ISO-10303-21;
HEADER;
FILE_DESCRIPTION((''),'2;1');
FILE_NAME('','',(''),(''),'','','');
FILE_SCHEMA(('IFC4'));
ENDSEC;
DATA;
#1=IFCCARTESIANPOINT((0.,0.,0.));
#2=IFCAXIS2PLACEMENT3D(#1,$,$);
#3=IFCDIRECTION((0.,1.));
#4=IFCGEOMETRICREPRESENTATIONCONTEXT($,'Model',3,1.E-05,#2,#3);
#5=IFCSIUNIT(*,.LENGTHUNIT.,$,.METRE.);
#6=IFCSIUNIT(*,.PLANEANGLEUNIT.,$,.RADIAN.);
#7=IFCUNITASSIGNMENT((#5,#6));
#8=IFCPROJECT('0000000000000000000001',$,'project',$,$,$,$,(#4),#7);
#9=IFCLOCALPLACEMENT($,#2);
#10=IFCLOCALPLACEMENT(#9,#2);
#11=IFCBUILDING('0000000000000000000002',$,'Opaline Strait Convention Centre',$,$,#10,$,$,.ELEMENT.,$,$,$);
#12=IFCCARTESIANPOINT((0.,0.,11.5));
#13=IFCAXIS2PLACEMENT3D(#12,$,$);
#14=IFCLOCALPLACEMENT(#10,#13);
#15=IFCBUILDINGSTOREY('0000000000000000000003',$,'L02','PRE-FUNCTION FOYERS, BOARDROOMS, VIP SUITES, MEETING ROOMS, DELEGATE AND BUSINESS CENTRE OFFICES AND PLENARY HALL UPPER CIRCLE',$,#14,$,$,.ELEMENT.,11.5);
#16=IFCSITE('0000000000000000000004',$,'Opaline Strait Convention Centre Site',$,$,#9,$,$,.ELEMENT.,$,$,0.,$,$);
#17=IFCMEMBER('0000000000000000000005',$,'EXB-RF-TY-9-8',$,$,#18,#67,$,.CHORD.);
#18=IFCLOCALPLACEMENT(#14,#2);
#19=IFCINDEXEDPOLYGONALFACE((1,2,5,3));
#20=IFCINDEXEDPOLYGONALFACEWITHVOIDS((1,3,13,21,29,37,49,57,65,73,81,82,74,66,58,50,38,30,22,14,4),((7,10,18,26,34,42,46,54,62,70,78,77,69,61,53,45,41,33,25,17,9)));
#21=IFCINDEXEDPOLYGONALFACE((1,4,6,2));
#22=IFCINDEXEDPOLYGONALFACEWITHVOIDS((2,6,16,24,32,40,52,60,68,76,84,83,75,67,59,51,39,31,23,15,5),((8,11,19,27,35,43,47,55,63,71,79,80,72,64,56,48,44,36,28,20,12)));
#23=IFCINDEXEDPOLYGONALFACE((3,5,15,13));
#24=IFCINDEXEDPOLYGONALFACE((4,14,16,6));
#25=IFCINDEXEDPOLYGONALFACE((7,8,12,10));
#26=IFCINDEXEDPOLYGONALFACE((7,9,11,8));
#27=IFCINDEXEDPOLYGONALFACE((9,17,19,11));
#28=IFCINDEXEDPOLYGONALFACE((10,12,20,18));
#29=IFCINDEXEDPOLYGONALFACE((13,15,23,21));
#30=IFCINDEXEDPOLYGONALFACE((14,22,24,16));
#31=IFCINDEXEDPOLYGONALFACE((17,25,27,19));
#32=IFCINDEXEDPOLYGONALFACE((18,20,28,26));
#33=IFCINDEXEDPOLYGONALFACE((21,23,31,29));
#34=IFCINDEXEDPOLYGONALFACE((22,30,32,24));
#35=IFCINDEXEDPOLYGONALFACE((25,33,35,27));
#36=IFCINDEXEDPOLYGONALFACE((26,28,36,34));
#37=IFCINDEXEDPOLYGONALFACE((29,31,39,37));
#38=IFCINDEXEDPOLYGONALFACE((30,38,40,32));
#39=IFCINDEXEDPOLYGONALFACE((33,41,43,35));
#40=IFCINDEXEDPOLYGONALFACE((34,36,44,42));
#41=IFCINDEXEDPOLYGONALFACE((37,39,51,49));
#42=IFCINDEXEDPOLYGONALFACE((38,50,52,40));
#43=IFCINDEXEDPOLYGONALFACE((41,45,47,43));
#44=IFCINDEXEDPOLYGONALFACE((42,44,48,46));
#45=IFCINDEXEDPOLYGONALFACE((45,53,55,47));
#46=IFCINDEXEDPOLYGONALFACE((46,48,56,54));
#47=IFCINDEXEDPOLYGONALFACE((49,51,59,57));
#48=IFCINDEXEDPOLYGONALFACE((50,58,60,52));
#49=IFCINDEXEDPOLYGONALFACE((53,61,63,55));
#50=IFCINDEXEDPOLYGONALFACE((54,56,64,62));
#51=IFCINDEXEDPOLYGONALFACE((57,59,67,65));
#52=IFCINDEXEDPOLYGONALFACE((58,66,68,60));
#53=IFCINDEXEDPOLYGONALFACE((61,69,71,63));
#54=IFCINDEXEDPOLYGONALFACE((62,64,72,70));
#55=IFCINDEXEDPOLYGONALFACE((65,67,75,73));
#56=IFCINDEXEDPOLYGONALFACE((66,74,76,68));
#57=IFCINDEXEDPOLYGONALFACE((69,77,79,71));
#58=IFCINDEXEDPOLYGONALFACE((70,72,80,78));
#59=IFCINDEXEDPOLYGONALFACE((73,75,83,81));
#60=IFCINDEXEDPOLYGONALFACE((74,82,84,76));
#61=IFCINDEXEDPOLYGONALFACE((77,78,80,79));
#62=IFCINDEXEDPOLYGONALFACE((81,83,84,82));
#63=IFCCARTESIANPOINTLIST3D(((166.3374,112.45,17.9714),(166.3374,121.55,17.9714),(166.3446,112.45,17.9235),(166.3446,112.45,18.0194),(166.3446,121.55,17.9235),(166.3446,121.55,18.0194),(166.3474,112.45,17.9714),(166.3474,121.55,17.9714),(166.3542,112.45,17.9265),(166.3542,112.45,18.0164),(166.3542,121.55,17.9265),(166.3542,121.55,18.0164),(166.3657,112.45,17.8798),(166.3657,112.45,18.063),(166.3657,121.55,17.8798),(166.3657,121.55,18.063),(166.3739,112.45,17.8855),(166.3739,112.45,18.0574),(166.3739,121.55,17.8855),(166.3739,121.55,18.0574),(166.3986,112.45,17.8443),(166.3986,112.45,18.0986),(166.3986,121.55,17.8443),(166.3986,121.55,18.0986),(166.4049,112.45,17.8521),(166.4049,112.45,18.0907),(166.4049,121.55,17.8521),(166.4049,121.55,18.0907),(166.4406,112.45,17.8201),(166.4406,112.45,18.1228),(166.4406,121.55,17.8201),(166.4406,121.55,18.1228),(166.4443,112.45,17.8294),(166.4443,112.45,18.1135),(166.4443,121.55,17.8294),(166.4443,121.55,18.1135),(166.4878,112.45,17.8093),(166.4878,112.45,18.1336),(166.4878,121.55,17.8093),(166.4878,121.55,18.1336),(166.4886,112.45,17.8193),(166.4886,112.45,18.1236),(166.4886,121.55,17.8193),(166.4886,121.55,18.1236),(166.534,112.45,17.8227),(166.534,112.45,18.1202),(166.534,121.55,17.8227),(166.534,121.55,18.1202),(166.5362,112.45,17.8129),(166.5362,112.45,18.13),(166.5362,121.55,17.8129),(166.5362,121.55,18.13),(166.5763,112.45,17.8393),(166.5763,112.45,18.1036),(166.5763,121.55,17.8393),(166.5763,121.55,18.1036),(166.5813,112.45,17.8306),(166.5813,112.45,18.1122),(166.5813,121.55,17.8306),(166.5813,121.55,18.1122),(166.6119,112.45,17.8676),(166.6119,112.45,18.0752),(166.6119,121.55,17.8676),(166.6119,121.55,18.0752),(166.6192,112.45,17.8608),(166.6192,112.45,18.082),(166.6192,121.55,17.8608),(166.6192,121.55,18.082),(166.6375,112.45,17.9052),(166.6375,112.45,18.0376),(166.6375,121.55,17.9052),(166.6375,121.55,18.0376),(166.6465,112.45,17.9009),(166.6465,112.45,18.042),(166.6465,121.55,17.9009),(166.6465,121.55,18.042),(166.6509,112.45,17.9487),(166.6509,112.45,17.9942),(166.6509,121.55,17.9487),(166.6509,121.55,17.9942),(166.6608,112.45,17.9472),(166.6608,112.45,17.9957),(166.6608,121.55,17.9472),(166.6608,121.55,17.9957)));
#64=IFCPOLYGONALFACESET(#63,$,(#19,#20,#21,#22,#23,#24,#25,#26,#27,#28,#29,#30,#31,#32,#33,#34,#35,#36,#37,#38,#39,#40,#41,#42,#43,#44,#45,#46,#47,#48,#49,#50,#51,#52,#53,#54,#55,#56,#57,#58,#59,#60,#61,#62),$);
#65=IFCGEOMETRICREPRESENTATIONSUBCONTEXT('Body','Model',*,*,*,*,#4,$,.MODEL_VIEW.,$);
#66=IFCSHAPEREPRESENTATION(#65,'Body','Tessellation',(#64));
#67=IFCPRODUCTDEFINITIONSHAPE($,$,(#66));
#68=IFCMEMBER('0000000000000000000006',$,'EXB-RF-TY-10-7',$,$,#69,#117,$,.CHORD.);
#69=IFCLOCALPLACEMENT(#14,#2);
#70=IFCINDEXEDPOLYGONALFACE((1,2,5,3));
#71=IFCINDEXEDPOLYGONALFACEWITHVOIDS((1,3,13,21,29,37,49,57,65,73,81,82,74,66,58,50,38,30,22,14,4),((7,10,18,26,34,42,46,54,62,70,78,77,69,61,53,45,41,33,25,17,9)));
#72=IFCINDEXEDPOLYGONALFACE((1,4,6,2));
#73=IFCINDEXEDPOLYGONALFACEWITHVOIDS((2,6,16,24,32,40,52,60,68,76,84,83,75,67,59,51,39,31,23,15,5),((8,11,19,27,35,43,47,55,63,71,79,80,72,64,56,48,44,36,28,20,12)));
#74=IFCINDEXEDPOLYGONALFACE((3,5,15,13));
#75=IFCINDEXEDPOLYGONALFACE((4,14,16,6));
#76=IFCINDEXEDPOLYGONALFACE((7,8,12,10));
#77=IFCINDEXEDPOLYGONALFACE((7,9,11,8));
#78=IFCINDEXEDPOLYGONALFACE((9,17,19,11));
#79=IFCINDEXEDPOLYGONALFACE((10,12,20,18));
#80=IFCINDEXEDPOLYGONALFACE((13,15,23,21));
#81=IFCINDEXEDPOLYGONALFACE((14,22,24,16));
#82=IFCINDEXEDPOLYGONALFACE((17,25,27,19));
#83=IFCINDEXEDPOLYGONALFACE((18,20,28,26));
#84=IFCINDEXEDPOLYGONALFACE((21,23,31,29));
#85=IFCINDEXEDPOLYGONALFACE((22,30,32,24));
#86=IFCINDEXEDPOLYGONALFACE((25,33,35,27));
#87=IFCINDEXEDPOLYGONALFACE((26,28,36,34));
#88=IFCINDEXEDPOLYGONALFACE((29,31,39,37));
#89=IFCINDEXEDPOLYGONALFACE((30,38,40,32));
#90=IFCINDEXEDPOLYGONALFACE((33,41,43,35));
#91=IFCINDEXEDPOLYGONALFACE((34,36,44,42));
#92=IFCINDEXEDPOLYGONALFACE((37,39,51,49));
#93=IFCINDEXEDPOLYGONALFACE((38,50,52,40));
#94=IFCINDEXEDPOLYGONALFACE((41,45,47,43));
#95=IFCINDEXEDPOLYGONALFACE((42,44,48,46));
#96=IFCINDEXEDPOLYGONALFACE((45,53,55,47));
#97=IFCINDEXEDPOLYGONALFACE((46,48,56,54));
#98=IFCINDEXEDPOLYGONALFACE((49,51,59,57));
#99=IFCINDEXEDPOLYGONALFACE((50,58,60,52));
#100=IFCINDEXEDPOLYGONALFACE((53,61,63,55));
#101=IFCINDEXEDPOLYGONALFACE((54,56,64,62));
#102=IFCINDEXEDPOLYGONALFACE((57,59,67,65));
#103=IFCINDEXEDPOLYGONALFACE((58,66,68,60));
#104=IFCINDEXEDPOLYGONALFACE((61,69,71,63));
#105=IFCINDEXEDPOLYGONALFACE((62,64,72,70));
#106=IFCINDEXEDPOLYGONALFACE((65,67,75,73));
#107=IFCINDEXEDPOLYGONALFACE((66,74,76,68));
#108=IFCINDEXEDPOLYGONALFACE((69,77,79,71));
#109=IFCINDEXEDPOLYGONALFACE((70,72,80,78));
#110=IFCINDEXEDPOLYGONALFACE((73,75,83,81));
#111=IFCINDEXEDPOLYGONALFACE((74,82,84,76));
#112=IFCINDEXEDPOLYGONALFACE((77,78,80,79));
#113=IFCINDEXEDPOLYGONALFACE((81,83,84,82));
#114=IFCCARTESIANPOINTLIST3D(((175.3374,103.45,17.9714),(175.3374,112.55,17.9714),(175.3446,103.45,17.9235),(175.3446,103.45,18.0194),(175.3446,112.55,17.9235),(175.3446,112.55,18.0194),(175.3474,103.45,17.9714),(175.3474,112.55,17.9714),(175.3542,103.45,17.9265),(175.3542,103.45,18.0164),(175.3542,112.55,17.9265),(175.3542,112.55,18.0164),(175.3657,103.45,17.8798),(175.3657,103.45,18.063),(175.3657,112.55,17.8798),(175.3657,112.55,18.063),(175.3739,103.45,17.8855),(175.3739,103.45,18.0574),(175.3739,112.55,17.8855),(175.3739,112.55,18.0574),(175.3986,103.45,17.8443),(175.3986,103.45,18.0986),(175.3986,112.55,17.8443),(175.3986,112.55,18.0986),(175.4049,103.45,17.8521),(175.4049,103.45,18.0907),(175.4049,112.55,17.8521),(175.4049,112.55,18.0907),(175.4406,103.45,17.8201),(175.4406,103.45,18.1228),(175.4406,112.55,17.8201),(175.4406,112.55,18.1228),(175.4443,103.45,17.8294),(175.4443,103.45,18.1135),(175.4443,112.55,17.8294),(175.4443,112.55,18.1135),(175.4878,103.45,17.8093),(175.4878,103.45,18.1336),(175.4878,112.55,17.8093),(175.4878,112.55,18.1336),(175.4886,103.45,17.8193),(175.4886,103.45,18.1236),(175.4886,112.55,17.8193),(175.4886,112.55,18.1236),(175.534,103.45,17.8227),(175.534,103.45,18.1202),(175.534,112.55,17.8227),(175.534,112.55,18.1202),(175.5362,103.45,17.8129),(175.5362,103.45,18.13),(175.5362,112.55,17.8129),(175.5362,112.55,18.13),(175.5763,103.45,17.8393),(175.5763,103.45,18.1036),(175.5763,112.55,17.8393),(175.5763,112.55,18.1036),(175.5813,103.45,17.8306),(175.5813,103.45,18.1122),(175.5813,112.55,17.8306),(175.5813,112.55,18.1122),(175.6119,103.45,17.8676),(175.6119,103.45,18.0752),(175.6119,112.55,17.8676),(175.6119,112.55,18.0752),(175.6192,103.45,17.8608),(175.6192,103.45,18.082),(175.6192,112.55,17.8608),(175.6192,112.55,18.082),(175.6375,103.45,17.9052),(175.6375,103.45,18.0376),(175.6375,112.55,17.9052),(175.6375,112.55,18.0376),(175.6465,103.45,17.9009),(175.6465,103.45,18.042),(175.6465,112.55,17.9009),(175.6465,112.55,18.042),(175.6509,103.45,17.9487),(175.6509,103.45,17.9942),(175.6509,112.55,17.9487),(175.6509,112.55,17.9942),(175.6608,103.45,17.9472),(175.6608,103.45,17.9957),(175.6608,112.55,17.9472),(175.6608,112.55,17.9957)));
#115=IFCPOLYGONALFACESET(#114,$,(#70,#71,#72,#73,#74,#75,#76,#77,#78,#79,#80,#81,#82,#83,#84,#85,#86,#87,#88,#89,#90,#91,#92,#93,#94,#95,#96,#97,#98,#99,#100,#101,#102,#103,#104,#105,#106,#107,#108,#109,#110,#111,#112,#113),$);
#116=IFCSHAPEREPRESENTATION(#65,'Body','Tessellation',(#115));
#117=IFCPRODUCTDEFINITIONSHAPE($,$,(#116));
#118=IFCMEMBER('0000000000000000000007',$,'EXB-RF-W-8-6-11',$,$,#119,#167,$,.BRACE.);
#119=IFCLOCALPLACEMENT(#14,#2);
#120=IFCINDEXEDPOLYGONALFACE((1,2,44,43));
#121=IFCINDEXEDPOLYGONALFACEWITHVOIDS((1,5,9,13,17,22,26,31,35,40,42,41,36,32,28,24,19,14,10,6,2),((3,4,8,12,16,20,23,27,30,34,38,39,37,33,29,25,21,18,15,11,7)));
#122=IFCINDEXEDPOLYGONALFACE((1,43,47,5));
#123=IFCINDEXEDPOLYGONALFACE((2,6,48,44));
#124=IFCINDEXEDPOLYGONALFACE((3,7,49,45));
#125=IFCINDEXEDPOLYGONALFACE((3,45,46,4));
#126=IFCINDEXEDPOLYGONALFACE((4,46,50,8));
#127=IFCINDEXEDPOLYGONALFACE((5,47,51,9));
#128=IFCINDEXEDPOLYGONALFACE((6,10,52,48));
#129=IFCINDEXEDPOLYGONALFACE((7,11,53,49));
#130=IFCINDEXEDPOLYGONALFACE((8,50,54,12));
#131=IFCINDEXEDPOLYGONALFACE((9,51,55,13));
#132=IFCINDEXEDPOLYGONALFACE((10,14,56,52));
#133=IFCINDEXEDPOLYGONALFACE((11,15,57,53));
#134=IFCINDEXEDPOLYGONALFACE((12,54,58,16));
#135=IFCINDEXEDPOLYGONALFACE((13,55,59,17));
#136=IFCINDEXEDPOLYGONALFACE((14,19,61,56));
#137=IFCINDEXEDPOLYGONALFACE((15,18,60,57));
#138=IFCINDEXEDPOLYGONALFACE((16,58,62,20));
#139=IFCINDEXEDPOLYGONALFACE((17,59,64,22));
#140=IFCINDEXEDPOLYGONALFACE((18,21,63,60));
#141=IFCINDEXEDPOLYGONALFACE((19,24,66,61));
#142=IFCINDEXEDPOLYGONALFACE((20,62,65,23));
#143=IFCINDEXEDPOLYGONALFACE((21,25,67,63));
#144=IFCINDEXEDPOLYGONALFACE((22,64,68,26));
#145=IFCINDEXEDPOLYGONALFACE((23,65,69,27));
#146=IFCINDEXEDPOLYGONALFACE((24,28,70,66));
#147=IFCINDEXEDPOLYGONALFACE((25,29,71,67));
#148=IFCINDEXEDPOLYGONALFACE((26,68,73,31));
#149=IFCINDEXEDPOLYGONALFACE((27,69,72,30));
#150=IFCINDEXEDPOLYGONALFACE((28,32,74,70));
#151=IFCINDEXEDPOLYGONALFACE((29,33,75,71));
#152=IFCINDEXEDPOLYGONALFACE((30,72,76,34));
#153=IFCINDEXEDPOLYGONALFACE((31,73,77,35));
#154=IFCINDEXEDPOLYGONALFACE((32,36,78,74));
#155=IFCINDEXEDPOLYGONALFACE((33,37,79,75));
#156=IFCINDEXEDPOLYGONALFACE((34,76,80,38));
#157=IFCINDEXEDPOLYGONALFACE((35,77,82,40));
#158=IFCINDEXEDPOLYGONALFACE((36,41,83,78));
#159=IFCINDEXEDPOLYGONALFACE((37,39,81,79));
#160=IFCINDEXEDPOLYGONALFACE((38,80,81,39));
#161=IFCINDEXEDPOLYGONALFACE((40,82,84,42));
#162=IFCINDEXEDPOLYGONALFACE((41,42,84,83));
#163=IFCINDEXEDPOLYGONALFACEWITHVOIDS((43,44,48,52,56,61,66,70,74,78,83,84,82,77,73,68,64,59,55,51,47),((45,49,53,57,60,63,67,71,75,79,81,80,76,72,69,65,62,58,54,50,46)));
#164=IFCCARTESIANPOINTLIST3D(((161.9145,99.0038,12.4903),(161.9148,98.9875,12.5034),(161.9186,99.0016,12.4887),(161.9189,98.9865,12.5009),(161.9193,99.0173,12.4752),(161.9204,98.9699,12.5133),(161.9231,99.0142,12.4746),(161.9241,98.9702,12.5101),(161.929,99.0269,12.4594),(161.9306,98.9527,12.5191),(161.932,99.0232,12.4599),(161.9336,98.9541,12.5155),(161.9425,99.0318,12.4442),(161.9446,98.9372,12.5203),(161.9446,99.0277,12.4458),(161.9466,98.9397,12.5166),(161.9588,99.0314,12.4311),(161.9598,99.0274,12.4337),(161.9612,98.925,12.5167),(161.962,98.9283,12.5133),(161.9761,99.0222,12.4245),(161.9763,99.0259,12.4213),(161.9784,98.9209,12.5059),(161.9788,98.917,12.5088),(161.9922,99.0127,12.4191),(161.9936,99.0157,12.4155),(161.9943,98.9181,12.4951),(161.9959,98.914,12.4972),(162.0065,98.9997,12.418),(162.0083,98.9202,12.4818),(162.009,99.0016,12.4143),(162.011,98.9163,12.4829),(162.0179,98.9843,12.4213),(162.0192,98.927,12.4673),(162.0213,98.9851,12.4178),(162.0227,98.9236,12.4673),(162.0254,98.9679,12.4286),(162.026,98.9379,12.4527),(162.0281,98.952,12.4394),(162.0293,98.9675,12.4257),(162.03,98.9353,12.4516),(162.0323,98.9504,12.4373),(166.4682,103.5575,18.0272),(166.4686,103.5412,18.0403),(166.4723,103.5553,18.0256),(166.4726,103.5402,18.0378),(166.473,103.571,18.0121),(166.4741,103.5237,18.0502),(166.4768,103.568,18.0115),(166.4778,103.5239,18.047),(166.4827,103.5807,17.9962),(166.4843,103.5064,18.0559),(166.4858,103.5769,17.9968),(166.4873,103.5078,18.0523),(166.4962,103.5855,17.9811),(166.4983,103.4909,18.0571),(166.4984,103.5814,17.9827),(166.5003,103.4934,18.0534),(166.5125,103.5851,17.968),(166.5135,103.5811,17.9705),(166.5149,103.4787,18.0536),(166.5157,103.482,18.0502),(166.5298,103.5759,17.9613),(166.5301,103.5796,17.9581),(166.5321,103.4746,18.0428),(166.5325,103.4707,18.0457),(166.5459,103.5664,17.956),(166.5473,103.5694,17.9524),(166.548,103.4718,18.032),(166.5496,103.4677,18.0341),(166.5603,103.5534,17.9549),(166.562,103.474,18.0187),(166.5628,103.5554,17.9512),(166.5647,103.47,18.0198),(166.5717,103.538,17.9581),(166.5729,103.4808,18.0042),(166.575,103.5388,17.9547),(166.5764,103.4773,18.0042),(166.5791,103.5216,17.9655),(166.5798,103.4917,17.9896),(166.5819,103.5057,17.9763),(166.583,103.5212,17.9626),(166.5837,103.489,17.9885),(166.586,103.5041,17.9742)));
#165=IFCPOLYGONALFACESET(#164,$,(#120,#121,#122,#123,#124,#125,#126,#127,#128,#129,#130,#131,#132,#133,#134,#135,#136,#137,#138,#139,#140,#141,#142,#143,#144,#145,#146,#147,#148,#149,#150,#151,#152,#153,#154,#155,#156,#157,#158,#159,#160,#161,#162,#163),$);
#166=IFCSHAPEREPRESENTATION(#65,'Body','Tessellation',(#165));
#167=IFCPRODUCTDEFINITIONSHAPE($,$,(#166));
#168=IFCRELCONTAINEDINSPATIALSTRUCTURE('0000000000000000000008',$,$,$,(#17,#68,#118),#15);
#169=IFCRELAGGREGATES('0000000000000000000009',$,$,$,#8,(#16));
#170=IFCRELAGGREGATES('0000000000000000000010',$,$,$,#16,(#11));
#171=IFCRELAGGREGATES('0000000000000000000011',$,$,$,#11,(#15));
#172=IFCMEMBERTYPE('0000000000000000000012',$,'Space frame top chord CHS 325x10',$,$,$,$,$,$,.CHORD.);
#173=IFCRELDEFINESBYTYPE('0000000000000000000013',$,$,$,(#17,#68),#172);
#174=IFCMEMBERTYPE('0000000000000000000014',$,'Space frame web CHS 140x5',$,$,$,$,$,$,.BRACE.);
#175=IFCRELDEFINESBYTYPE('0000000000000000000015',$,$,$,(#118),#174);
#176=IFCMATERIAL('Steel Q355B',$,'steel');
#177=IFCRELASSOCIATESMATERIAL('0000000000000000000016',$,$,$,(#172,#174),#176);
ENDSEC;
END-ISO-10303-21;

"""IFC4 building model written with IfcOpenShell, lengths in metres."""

from ifc_helpers import new_model, si_unit, direction, frame, origin, origin_2d, place, context, subcontext, project, spatial, hollow_circle, extrude, material, material_profile, profile_set, type_object, element, save


model = new_model("IFC4")

# Units and contexts
model_context = context("Model", 3, precision=1e-05, world=origin(), true_north=direction((0.0, 1.0)))
body_context = subcontext(model_context, "Body", "Model", "MODEL_VIEW")
ifc_project = project(units=[si_unit("LENGTHUNIT", "METRE"), si_unit("PLANEANGLEUNIT", "RADIAN")], contexts=[model_context])

# Site, building, storey
site_placement = place(None, origin())
site = spatial("IfcSite", under=ifc_project, at=site_placement, Name="Opaline Strait Convention Centre Site", CompositionType="ELEMENT", RefElevation=0.0)
building_placement = place(site_placement, origin())
building = spatial("IfcBuilding", under=site, at=building_placement, Name="Opaline Strait Convention Centre", CompositionType="ELEMENT")
storey_placement = place(building_placement, frame((0.0, 0.0, 11.5)))
storey = spatial("IfcBuildingStorey", under=building, at=storey_placement, Name="L02", Description="PRE-FUNCTION FOYERS, BOARDROOMS, VIP SUITES, MEETING ROOMS, DELEGATE AND BUSINESS CENTRE OFFICES AND PLENARY HALL UPPER CIRCLE", CompositionType="ELEMENT", Elevation=11.5)

# Members
ifc_material = material(Name="Steel Q355B", Category="steel")
ifc_material_profile_1 = material_profile(ifc_material, hollow_circle(Radius=0.1626, WallThickness=0.01, at=origin_2d()), Name="CHS 325x10")
ifc_profile_set_1 = profile_set([ifc_material_profile_1], Name="Steel Q355B")
member_type_1 = type_object("IfcMemberType", Name="Space frame top chord CHS 325x10", PredefinedType="CHORD", material=ifc_profile_set_1)
for number, where, z_axis, x_axis, name in (
    (1, (166.5, 112.45, 17.9714), (0.0, 1.0, 0.0), (-1.0, 0.0, 0.0), "EXB-RF-TY-9-8"),
    (2, (175.5, 103.45, 17.9714), (0.0, 1.0, 0.0), (-1.0, 0.0, 0.0), "EXB-RF-TY-10-7"),
):
    element("IfcMember", number, at=place(storey_placement, frame(where, z_axis=z_axis, x_axis=x_axis)), inside=storey, type_object=member_type_1, Name=name, PredefinedType="CHORD", context=body_context, shape_type="SweptSolid", body=[
        extrude(hollow_circle(Radius=0.1626, WallThickness=0.01, at=origin_2d()), origin(), (0.0, 0.0, 1.0), 9.1001),
    ])
ifc_material_profile_2 = material_profile(ifc_material, hollow_circle(Radius=0.0701, WallThickness=0.0049, at=origin_2d()), Name="CHS 140x5")
ifc_profile_set_2 = profile_set([ifc_material_profile_2], Name="Steel Q355B")
member_type_2 = type_object("IfcMemberType", Name="Space frame web CHS 140x5", PredefinedType="BRACE", material=ifc_profile_set_2)
for number, where, z_axis, x_axis, name in (
    (3, (166.5269, 103.5269, 18.0042), (-0.536178, -0.536178, -0.65194), (0.707107, -0.707107, 0.0), "EXB-RF-W-8-6-11"),
):
    element("IfcMember", number, at=place(storey_placement, frame(where, z_axis=z_axis, x_axis=x_axis)), inside=storey, type_object=member_type_2, Name=name, PredefinedType="BRACE", context=body_context, shape_type="SweptSolid", body=[
        extrude(hollow_circle(Radius=0.0701, WallThickness=0.0049, at=origin_2d()), origin(), (0.0, 0.0, 1.0), 8.4929),
    ])

save(model, "model.ifc")
